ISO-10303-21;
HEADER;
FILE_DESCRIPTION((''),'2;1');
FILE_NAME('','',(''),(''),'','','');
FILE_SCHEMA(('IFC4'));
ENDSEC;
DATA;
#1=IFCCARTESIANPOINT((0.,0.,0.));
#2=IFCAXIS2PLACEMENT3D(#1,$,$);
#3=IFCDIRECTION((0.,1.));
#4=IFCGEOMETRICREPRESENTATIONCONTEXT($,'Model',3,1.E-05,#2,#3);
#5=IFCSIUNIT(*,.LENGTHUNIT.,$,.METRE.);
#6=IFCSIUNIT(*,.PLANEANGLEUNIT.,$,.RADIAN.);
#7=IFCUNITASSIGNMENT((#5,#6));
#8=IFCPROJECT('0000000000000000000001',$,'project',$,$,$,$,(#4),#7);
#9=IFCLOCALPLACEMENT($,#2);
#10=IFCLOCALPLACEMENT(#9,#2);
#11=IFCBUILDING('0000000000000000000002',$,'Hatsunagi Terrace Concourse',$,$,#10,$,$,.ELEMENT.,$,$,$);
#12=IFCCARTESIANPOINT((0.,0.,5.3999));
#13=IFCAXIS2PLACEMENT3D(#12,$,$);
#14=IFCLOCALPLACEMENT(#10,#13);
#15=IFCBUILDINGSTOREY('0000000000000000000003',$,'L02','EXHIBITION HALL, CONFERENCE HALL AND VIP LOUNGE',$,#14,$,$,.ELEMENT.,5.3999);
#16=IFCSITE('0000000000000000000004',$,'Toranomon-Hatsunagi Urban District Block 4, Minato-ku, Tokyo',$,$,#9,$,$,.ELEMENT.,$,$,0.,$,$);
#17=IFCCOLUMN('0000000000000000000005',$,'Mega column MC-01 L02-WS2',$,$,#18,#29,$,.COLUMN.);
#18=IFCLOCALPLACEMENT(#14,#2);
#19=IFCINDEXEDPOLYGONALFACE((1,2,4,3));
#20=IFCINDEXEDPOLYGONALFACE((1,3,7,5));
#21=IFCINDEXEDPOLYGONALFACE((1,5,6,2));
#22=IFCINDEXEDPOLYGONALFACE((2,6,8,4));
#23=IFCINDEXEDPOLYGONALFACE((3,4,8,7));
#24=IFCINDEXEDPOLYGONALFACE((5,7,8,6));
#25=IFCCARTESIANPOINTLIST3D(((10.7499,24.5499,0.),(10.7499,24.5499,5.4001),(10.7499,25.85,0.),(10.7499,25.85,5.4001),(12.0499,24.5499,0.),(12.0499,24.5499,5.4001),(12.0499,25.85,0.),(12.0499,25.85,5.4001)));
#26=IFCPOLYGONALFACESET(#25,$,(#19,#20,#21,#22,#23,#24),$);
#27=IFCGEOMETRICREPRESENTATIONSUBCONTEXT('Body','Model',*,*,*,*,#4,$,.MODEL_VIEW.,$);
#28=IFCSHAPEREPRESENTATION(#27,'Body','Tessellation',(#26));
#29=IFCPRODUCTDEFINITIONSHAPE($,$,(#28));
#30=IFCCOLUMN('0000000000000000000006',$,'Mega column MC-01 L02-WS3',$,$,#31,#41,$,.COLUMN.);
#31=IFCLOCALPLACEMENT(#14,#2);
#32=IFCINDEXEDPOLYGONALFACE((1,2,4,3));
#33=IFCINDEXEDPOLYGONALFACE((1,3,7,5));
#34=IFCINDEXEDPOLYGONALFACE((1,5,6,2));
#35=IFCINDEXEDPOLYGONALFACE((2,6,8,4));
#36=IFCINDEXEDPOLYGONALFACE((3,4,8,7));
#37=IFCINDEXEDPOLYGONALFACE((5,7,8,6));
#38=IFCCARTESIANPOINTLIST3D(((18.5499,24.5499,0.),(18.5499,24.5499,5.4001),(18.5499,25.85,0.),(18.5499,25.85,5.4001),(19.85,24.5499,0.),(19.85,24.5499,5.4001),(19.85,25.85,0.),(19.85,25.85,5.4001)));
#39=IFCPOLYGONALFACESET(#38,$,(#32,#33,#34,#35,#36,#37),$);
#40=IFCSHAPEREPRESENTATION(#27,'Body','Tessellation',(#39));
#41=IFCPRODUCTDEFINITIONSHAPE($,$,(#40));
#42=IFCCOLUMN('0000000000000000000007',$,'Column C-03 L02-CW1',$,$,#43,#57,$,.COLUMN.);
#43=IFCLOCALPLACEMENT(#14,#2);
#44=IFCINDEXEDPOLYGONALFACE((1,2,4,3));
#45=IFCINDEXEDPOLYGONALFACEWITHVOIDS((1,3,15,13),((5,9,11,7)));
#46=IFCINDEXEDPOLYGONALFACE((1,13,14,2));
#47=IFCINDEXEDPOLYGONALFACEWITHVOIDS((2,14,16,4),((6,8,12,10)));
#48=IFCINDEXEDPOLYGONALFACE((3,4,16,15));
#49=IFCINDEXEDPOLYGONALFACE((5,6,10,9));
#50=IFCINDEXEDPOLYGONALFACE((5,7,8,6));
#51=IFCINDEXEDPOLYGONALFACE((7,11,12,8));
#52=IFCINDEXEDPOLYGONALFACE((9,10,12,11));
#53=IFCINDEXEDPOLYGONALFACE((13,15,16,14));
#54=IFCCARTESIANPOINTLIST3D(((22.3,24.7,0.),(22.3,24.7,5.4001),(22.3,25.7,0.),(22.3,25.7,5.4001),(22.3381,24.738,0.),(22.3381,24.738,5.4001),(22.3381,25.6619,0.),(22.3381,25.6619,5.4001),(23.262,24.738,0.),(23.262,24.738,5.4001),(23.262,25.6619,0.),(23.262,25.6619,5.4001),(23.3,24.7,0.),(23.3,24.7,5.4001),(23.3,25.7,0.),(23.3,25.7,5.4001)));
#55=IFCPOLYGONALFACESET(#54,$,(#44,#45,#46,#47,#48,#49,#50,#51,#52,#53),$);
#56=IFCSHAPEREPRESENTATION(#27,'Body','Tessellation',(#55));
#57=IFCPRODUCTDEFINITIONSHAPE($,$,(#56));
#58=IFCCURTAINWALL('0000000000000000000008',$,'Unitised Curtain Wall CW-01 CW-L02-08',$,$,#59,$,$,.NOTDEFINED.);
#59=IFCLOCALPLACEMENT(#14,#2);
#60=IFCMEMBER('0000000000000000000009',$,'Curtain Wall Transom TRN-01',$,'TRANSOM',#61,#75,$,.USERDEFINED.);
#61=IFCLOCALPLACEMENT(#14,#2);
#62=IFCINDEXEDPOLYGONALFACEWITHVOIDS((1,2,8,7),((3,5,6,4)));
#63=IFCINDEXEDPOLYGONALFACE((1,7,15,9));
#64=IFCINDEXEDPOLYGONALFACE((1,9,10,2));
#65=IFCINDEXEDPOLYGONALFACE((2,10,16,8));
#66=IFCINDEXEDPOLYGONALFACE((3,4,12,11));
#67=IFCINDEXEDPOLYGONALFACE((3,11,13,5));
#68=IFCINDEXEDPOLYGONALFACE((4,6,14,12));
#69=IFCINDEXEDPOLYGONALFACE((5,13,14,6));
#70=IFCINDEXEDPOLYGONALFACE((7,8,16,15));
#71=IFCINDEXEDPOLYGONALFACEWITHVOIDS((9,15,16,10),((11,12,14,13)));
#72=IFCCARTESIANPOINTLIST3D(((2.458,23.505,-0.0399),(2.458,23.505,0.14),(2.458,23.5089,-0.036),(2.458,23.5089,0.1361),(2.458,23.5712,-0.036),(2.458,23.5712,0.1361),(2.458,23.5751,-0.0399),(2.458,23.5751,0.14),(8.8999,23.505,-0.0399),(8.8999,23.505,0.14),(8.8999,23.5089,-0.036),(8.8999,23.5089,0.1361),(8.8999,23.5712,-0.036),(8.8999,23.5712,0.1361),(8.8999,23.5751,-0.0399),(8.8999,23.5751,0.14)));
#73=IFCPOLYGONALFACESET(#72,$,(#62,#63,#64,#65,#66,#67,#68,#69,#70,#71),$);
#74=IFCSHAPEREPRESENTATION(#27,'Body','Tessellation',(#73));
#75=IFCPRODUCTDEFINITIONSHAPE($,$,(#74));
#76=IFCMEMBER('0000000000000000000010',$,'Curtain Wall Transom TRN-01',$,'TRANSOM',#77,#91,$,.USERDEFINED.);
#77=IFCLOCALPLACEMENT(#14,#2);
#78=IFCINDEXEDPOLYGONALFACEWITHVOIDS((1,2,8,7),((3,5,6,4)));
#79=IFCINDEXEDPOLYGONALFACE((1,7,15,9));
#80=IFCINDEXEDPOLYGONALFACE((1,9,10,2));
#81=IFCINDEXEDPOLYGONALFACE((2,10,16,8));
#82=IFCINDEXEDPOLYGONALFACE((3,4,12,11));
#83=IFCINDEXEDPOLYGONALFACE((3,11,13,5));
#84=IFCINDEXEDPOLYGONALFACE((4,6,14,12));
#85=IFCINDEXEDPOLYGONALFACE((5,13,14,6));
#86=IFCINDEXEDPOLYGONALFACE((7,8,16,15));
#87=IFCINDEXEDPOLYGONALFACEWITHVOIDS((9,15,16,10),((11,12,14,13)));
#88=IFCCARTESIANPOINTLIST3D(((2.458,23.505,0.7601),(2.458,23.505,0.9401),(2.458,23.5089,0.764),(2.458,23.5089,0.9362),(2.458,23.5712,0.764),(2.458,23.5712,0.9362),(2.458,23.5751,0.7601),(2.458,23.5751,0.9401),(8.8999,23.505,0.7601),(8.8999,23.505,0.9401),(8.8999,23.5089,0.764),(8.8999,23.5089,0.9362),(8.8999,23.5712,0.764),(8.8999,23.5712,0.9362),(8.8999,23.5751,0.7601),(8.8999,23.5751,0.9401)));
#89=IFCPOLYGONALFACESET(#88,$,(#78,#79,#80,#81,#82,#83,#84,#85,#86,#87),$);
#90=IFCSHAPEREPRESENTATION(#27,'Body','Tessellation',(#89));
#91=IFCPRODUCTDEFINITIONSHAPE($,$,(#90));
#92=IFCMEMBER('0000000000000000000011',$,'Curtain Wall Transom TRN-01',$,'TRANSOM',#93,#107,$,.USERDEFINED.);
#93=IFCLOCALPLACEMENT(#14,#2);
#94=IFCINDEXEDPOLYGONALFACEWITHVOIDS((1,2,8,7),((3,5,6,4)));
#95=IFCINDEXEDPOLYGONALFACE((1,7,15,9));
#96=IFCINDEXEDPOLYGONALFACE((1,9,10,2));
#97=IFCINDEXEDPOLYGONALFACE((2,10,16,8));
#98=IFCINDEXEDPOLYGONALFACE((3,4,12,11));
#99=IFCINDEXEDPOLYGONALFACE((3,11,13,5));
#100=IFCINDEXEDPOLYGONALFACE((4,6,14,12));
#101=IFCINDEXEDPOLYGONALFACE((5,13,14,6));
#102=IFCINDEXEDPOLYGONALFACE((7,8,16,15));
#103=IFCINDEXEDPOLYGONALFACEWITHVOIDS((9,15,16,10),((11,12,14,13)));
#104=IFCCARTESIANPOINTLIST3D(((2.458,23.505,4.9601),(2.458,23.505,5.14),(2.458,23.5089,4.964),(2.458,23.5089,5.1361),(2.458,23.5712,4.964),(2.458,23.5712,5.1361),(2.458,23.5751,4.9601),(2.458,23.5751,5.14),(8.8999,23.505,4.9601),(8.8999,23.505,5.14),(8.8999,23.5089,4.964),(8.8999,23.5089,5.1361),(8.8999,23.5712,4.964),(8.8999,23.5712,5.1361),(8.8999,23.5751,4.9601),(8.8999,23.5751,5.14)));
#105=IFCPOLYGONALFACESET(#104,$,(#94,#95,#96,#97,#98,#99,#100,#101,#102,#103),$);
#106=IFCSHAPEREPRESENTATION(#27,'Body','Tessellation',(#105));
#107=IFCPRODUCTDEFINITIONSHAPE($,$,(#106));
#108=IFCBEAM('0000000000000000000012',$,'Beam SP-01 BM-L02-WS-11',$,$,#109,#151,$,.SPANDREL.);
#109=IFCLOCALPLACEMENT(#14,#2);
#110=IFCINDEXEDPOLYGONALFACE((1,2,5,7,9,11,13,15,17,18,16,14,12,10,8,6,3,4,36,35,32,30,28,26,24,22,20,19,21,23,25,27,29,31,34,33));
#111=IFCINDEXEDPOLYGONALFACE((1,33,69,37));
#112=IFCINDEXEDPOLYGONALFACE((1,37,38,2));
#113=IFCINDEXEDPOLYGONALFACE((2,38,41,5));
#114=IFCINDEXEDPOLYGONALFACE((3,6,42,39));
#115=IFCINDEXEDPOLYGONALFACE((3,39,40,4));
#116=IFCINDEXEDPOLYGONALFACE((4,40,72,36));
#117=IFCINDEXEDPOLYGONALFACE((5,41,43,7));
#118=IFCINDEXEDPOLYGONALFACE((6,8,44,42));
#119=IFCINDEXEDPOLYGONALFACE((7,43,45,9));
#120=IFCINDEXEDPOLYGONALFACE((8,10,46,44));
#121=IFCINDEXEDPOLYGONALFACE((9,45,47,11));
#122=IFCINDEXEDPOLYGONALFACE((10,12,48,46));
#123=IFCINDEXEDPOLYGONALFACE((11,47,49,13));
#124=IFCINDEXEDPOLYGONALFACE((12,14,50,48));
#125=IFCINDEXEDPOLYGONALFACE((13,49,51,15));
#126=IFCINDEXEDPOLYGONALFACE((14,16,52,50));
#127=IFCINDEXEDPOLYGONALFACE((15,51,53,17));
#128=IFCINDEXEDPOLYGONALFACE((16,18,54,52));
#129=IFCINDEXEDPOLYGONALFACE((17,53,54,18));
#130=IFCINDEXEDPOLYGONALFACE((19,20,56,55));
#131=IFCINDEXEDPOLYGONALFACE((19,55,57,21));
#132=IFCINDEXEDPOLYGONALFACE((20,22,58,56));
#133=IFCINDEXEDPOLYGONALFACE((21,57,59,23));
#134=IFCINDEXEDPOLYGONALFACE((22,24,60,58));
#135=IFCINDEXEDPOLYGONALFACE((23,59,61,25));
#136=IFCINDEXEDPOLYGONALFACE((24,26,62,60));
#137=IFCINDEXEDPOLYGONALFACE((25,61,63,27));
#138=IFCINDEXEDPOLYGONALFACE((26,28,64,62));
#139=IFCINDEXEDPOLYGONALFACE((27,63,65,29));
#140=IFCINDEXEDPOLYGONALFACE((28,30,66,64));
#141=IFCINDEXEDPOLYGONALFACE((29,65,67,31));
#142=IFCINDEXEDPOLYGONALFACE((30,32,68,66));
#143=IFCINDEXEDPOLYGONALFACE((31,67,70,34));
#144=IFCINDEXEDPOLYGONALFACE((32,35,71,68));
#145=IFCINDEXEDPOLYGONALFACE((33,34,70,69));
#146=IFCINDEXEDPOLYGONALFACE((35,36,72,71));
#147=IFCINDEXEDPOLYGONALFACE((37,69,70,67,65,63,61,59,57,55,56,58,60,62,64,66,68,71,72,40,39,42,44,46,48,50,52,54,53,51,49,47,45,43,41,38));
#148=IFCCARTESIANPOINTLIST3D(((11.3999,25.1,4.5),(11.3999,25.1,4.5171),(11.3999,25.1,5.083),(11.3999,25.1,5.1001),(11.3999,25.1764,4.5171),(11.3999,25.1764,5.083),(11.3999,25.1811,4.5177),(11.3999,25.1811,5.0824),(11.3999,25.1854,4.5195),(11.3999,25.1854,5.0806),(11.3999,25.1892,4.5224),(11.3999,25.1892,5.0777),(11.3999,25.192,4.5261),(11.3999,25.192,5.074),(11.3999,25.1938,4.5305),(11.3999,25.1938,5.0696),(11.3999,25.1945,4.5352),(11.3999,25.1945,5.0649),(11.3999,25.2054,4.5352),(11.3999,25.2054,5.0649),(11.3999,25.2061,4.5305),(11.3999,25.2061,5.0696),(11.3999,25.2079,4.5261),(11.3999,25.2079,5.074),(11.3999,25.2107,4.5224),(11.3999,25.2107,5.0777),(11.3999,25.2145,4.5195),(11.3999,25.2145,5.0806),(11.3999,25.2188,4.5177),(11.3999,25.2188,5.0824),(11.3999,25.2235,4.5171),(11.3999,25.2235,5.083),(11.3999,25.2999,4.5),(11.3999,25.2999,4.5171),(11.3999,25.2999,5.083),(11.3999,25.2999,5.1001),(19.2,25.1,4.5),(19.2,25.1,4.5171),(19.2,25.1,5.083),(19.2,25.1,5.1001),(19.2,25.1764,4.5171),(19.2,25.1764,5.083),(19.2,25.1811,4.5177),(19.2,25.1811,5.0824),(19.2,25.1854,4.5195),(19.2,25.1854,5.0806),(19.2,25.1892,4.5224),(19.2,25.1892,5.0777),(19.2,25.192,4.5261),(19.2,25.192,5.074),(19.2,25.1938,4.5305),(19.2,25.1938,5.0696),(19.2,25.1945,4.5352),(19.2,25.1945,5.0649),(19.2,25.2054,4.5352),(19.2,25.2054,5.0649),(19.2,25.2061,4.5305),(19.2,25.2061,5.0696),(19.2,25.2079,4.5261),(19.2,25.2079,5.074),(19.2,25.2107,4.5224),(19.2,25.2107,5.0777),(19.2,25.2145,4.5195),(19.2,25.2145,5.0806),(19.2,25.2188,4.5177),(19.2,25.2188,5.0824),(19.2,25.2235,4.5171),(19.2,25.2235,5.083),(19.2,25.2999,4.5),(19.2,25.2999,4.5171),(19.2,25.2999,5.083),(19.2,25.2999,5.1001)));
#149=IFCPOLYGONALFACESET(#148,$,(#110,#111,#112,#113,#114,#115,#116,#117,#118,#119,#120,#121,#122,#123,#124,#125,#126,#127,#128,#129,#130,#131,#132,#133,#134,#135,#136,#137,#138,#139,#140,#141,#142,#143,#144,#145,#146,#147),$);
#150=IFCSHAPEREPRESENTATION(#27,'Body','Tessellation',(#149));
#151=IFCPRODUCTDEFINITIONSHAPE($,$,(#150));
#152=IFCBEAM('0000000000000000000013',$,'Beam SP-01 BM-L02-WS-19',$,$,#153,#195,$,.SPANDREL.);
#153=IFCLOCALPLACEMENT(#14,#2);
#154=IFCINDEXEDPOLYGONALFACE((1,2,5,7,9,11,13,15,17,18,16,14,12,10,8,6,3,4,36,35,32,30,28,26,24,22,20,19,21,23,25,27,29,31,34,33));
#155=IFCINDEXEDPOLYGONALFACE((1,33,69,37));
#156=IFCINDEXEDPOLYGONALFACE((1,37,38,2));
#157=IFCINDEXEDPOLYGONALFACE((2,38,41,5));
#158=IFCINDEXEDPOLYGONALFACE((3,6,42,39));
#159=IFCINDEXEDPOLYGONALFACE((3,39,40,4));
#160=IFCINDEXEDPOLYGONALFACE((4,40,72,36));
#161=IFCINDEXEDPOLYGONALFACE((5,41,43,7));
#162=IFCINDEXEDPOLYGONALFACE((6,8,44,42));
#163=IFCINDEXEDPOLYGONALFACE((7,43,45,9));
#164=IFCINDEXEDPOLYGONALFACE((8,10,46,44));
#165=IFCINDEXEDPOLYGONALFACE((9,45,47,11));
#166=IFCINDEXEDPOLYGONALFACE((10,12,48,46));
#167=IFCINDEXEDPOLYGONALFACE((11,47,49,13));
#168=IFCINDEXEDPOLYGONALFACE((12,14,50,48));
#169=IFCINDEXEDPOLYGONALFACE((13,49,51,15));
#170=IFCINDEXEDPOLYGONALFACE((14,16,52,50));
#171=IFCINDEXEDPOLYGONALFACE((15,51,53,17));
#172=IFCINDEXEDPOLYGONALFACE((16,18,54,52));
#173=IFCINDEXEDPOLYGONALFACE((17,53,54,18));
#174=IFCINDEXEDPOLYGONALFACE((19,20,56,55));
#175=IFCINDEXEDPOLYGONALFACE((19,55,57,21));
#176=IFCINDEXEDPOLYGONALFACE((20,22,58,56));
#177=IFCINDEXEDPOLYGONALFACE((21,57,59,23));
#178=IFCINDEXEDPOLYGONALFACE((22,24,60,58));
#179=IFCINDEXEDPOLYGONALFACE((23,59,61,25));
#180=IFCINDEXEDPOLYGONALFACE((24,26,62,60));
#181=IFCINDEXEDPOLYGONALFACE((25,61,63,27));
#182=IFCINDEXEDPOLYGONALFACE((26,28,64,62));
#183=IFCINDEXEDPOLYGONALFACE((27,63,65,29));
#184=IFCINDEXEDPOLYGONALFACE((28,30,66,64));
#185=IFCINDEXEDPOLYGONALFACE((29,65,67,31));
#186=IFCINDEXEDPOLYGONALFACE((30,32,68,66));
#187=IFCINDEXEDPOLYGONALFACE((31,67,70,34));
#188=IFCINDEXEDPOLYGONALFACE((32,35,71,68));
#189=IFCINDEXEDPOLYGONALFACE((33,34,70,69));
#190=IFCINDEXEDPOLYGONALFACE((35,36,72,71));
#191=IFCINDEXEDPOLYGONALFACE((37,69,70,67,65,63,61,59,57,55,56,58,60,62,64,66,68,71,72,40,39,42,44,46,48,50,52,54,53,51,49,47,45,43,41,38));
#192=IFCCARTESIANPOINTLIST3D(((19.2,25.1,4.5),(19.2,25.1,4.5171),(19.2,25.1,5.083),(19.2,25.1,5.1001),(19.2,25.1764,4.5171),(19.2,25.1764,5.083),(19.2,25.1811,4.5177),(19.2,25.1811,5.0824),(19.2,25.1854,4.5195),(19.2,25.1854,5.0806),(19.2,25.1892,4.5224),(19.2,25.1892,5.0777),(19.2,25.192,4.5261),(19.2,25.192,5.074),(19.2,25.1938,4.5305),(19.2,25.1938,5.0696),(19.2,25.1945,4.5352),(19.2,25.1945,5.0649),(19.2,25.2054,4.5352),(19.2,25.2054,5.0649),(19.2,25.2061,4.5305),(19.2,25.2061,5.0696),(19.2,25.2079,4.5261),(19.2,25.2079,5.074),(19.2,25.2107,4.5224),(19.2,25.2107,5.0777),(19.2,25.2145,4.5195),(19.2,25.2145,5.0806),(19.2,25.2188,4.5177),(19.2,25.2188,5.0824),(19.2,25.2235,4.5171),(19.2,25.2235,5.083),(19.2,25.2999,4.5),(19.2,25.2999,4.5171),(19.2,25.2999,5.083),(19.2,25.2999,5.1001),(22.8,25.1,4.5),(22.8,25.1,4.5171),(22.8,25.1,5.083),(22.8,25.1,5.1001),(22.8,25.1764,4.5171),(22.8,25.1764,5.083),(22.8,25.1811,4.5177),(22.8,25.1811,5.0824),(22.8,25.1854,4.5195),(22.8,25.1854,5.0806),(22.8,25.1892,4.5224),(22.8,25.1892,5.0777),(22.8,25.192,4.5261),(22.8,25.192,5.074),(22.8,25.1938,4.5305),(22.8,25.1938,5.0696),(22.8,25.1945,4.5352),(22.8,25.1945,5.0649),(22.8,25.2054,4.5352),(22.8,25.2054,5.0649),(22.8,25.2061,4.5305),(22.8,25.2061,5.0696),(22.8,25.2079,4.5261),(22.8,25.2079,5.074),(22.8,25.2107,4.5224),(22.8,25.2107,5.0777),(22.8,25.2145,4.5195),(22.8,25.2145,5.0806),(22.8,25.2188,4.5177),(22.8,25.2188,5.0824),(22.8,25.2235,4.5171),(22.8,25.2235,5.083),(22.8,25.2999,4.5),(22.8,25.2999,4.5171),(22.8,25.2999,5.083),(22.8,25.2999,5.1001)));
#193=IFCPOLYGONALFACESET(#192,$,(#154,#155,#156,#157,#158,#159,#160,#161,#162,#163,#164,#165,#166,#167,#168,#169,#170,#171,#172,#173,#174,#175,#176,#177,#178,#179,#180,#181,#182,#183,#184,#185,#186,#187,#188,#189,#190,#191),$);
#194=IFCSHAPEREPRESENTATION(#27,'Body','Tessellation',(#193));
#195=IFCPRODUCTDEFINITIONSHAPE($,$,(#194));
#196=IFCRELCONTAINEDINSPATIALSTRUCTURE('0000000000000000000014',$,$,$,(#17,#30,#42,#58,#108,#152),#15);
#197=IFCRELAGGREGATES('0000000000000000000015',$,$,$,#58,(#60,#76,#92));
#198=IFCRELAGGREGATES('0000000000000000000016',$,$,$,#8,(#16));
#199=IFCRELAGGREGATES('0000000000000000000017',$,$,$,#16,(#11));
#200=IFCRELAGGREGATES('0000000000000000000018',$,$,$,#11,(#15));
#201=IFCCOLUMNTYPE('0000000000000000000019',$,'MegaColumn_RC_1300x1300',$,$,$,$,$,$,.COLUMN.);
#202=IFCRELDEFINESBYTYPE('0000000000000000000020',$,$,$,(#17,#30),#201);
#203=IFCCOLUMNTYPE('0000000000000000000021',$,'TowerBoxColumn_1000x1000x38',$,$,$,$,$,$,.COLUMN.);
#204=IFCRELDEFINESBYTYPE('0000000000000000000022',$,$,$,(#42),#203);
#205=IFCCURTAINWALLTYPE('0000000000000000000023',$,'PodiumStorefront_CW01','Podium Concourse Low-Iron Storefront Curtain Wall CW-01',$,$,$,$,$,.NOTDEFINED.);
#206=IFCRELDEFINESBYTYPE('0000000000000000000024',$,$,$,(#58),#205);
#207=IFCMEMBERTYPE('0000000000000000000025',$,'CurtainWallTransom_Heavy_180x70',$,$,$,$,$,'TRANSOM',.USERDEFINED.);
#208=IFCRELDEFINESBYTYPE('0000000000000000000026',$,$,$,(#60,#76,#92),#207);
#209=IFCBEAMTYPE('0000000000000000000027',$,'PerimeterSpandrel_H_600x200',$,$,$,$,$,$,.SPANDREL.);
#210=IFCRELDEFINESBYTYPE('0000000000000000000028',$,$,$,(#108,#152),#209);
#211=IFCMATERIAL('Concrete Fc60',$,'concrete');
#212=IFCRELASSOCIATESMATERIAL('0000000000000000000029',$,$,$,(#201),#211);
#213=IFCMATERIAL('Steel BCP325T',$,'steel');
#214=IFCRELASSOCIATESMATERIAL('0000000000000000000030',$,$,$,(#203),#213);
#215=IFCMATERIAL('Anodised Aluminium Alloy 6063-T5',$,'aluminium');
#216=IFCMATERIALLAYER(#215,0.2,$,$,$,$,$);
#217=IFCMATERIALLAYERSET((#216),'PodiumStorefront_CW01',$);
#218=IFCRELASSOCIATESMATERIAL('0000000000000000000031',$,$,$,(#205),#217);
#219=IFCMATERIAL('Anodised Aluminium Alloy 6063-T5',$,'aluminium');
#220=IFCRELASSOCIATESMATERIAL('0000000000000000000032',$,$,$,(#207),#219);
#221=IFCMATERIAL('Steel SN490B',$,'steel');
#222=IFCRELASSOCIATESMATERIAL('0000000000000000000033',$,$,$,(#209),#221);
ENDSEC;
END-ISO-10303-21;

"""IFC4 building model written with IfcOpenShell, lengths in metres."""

from ifc_helpers import new_model, si_unit, direction, frame, origin, origin_2d, place, context, subcontext, project, spatial, rectangle, hollow_rectangle, i_section, extrude, material, layer, layer_set, material_profile, profile_set, type_object, element, aggregate, save


model = new_model("IFC4")

# Units and contexts
model_context = context("Model", 3, precision=1e-05, world=origin(), true_north=direction((0.0, 1.0)))
body_context = subcontext(model_context, "Body", "Model", "MODEL_VIEW")
ifc_project = project(units=[si_unit("LENGTHUNIT", "METRE"), si_unit("PLANEANGLEUNIT", "RADIAN")], contexts=[model_context])

# Site, building, storey
site_placement = place(None, origin())
site = spatial("IfcSite", under=ifc_project, at=site_placement, Name="Toranomon-Hatsunagi Urban District Block 4, Minato-ku, Tokyo", CompositionType="ELEMENT", RefElevation=0.0)
building_placement = place(site_placement, origin())
building = spatial("IfcBuilding", under=site, at=building_placement, Name="Hatsunagi Terrace Concourse", CompositionType="ELEMENT")
storey_placement = place(building_placement, frame((0.0, 0.0, 5.3999)))
storey = spatial("IfcBuildingStorey", under=building, at=storey_placement, Name="L02", Description="EXHIBITION HALL, CONFERENCE HALL AND VIP LOUNGE", CompositionType="ELEMENT", Elevation=5.3999)

# Columns
ifc_material_1 = material(Name="Concrete Fc60", Category="concrete")
ifc_material_profile_1 = material_profile(ifc_material_1, rectangle(XDim=1.3, YDim=1.3, at=origin_2d()), Name="RC-1300x1300")
ifc_profile_set_1 = profile_set([ifc_material_profile_1], Name="Concrete Fc60")
column_type_1 = type_object("IfcColumnType", Name="MegaColumn_RC_1300x1300", PredefinedType="COLUMN", material=ifc_profile_set_1)
for number, where, z_axis, x_axis, name in (
    (1, (11.3999, 25.2, 0.0), (0.0, 0.0, 1.0), (1.0, 0.0, 0.0), "Mega column MC-01 L02-WS2"),
    (2, (19.2, 25.2, 0.0), (0.0, 0.0, 1.0), (1.0, 0.0, 0.0), "Mega column MC-01 L02-WS3"),
):
    element("IfcColumn", number, at=place(storey_placement, frame(where, z_axis=z_axis, x_axis=x_axis)), inside=storey, type_object=column_type_1, Name=name, PredefinedType="COLUMN", context=body_context, shape_type="SweptSolid", body=[
        extrude(rectangle(XDim=1.3, YDim=1.3, at=origin_2d()), origin(), (0.0, 0.0, 1.0), 5.4001),
    ])
ifc_material_2 = material(Name="Steel BCP325T", Category="steel")
ifc_material_profile_2 = material_profile(ifc_material_2, hollow_rectangle(XDim=1.0, YDim=1.0, WallThickness=0.0381, at=origin_2d()), Name="BCP-1000x1000x38")
ifc_profile_set_2 = profile_set([ifc_material_profile_2], Name="Steel BCP325T")
column_type_2 = type_object("IfcColumnType", Name="TowerBoxColumn_1000x1000x38", PredefinedType="COLUMN", material=ifc_profile_set_2)
column_placement = place(storey_placement, frame((22.8, 25.2, 0.0), z_axis=(0.0, 0.0, 1.0), x_axis=(1.0, 0.0, 0.0)))
element("IfcColumn", 3, at=column_placement, inside=storey, type_object=column_type_2, Name="Column C-03 L02-CW1", PredefinedType="COLUMN", context=body_context, shape_type="SweptSolid", body=[
    extrude(hollow_rectangle(XDim=1.0, YDim=1.0, WallThickness=0.0381, at=origin_2d()), origin(), (0.0, 0.0, 1.0), 5.4001),
])

# Curtain wall, members
ifc_material_3 = material(Name="Anodised Aluminium Alloy 6063-T5", Category="aluminium")
ifc_layer_1 = layer(ifc_material_3, 0.2)
ifc_layer_set_1 = layer_set([ifc_layer_1], Name="PodiumStorefront_CW01")
curtain_wall_type = type_object("IfcCurtainWallType", Name="PodiumStorefront_CW01", Description="Podium Concourse Low-Iron Storefront Curtain Wall CW-01", PredefinedType="NOTDEFINED", material=ifc_layer_set_1)
curtain_wall_placement = place(storey_placement, origin())
curtain_wall = element("IfcCurtainWall", 4, at=curtain_wall_placement, inside=storey, type_object=curtain_wall_type, Name="Unitised Curtain Wall CW-01 CW-L02-08", PredefinedType="NOTDEFINED")
ifc_material_4 = material(Name="Anodised Aluminium Alloy 6063-T5", Category="aluminium")
ifc_material_profile_3 = material_profile(ifc_material_4, hollow_rectangle(XDim=0.0701, YDim=0.1799, WallThickness=0.0039, at=origin_2d()), Name="ALU-TRN-180x70x4")
ifc_profile_set_3 = profile_set([ifc_material_profile_3], Name="Anodised Aluminium Alloy 6063-T5")
member_type_1 = type_object("IfcMemberType", Name="CurtainWallTransom_Heavy_180x70", ElementType="TRANSOM", PredefinedType="USERDEFINED", material=ifc_profile_set_3)
member_1_placement = place(storey_placement, frame((8.8999, 23.54, 0.05), z_axis=(-1.0, 0.0, 0.0), x_axis=(0.0, -1.0, 0.0)))
member_1 = element("IfcMember", 5, at=member_1_placement, type_object=member_type_1, Name="Curtain Wall Transom TRN-01", ObjectType="TRANSOM", PredefinedType="USERDEFINED", context=body_context, shape_type="SweptSolid", body=[
    extrude(hollow_rectangle(XDim=0.0701, YDim=0.1799, WallThickness=0.0039, at=origin_2d()), origin(), (0.0, 0.0, 1.0), 6.4419),
])
member_2_placement = place(storey_placement, frame((8.8999, 23.54, 0.8501), z_axis=(-1.0, 0.0, 0.0), x_axis=(0.0, -1.0, 0.0)))
member_2 = element("IfcMember", 6, at=member_2_placement, type_object=member_type_1, Name="Curtain Wall Transom TRN-01", ObjectType="TRANSOM", PredefinedType="USERDEFINED", context=body_context, shape_type="SweptSolid", body=[
    extrude(hollow_rectangle(XDim=0.0701, YDim=0.1799, WallThickness=0.0039, at=origin_2d()), origin(), (0.0, 0.0, 1.0), 6.4419),
])
member_3_placement = place(storey_placement, frame((8.8999, 23.54, 5.05), z_axis=(-1.0, 0.0, 0.0), x_axis=(0.0, -1.0, 0.0)))
member_3 = element("IfcMember", 7, at=member_3_placement, type_object=member_type_1, Name="Curtain Wall Transom TRN-01", ObjectType="TRANSOM", PredefinedType="USERDEFINED", context=body_context, shape_type="SweptSolid", body=[
    extrude(hollow_rectangle(XDim=0.0701, YDim=0.1799, WallThickness=0.0039, at=origin_2d()), origin(), (0.0, 0.0, 1.0), 6.4419),
])
aggregate(curtain_wall, [member_1, member_2, member_3])

# Beams
ifc_material_5 = material(Name="Steel SN490B", Category="steel")
ifc_material_profile_4 = material_profile(ifc_material_5, i_section(OverallWidth=0.2, OverallDepth=0.6001, WebThickness=0.011, FlangeThickness=0.0171, FilletRadius=0.0181, at=origin_2d()), Name="H-600x200x11x17")
ifc_profile_set_4 = profile_set([ifc_material_profile_4], Name="Steel SN490B")
beam_type_1 = type_object("IfcBeamType", Name="PerimeterSpandrel_H_600x200", PredefinedType="SPANDREL", material=ifc_profile_set_4)
beam_1_placement = place(storey_placement, frame((11.3999, 25.2, 4.8), z_axis=(1.0, 0.0, 0.0), x_axis=(0.0, 1.0, 0.0)))
element("IfcBeam", 8, at=beam_1_placement, inside=storey, type_object=beam_type_1, Name="Beam SP-01 BM-L02-WS-11", PredefinedType="SPANDREL", context=body_context, shape_type="SweptSolid", body=[
    extrude(i_section(OverallWidth=0.2, OverallDepth=0.6001, WebThickness=0.011, FlangeThickness=0.0171, FilletRadius=0.0181, at=origin_2d()), origin(), (0.0, 0.0, 1.0), 7.8),
])
beam_2_placement = place(storey_placement, frame((19.2, 25.2, 4.8), z_axis=(1.0, 0.0, 0.0), x_axis=(0.0, 1.0, 0.0)))
element("IfcBeam", 9, at=beam_2_placement, inside=storey, type_object=beam_type_1, Name="Beam SP-01 BM-L02-WS-19", PredefinedType="SPANDREL", context=body_context, shape_type="SweptSolid", body=[
    extrude(i_section(OverallWidth=0.2, OverallDepth=0.6001, WebThickness=0.011, FlangeThickness=0.0171, FilletRadius=0.0181, at=origin_2d()), origin(), (0.0, 0.0, 1.0), 3.6001),
])

save(model, "model.ifc")
